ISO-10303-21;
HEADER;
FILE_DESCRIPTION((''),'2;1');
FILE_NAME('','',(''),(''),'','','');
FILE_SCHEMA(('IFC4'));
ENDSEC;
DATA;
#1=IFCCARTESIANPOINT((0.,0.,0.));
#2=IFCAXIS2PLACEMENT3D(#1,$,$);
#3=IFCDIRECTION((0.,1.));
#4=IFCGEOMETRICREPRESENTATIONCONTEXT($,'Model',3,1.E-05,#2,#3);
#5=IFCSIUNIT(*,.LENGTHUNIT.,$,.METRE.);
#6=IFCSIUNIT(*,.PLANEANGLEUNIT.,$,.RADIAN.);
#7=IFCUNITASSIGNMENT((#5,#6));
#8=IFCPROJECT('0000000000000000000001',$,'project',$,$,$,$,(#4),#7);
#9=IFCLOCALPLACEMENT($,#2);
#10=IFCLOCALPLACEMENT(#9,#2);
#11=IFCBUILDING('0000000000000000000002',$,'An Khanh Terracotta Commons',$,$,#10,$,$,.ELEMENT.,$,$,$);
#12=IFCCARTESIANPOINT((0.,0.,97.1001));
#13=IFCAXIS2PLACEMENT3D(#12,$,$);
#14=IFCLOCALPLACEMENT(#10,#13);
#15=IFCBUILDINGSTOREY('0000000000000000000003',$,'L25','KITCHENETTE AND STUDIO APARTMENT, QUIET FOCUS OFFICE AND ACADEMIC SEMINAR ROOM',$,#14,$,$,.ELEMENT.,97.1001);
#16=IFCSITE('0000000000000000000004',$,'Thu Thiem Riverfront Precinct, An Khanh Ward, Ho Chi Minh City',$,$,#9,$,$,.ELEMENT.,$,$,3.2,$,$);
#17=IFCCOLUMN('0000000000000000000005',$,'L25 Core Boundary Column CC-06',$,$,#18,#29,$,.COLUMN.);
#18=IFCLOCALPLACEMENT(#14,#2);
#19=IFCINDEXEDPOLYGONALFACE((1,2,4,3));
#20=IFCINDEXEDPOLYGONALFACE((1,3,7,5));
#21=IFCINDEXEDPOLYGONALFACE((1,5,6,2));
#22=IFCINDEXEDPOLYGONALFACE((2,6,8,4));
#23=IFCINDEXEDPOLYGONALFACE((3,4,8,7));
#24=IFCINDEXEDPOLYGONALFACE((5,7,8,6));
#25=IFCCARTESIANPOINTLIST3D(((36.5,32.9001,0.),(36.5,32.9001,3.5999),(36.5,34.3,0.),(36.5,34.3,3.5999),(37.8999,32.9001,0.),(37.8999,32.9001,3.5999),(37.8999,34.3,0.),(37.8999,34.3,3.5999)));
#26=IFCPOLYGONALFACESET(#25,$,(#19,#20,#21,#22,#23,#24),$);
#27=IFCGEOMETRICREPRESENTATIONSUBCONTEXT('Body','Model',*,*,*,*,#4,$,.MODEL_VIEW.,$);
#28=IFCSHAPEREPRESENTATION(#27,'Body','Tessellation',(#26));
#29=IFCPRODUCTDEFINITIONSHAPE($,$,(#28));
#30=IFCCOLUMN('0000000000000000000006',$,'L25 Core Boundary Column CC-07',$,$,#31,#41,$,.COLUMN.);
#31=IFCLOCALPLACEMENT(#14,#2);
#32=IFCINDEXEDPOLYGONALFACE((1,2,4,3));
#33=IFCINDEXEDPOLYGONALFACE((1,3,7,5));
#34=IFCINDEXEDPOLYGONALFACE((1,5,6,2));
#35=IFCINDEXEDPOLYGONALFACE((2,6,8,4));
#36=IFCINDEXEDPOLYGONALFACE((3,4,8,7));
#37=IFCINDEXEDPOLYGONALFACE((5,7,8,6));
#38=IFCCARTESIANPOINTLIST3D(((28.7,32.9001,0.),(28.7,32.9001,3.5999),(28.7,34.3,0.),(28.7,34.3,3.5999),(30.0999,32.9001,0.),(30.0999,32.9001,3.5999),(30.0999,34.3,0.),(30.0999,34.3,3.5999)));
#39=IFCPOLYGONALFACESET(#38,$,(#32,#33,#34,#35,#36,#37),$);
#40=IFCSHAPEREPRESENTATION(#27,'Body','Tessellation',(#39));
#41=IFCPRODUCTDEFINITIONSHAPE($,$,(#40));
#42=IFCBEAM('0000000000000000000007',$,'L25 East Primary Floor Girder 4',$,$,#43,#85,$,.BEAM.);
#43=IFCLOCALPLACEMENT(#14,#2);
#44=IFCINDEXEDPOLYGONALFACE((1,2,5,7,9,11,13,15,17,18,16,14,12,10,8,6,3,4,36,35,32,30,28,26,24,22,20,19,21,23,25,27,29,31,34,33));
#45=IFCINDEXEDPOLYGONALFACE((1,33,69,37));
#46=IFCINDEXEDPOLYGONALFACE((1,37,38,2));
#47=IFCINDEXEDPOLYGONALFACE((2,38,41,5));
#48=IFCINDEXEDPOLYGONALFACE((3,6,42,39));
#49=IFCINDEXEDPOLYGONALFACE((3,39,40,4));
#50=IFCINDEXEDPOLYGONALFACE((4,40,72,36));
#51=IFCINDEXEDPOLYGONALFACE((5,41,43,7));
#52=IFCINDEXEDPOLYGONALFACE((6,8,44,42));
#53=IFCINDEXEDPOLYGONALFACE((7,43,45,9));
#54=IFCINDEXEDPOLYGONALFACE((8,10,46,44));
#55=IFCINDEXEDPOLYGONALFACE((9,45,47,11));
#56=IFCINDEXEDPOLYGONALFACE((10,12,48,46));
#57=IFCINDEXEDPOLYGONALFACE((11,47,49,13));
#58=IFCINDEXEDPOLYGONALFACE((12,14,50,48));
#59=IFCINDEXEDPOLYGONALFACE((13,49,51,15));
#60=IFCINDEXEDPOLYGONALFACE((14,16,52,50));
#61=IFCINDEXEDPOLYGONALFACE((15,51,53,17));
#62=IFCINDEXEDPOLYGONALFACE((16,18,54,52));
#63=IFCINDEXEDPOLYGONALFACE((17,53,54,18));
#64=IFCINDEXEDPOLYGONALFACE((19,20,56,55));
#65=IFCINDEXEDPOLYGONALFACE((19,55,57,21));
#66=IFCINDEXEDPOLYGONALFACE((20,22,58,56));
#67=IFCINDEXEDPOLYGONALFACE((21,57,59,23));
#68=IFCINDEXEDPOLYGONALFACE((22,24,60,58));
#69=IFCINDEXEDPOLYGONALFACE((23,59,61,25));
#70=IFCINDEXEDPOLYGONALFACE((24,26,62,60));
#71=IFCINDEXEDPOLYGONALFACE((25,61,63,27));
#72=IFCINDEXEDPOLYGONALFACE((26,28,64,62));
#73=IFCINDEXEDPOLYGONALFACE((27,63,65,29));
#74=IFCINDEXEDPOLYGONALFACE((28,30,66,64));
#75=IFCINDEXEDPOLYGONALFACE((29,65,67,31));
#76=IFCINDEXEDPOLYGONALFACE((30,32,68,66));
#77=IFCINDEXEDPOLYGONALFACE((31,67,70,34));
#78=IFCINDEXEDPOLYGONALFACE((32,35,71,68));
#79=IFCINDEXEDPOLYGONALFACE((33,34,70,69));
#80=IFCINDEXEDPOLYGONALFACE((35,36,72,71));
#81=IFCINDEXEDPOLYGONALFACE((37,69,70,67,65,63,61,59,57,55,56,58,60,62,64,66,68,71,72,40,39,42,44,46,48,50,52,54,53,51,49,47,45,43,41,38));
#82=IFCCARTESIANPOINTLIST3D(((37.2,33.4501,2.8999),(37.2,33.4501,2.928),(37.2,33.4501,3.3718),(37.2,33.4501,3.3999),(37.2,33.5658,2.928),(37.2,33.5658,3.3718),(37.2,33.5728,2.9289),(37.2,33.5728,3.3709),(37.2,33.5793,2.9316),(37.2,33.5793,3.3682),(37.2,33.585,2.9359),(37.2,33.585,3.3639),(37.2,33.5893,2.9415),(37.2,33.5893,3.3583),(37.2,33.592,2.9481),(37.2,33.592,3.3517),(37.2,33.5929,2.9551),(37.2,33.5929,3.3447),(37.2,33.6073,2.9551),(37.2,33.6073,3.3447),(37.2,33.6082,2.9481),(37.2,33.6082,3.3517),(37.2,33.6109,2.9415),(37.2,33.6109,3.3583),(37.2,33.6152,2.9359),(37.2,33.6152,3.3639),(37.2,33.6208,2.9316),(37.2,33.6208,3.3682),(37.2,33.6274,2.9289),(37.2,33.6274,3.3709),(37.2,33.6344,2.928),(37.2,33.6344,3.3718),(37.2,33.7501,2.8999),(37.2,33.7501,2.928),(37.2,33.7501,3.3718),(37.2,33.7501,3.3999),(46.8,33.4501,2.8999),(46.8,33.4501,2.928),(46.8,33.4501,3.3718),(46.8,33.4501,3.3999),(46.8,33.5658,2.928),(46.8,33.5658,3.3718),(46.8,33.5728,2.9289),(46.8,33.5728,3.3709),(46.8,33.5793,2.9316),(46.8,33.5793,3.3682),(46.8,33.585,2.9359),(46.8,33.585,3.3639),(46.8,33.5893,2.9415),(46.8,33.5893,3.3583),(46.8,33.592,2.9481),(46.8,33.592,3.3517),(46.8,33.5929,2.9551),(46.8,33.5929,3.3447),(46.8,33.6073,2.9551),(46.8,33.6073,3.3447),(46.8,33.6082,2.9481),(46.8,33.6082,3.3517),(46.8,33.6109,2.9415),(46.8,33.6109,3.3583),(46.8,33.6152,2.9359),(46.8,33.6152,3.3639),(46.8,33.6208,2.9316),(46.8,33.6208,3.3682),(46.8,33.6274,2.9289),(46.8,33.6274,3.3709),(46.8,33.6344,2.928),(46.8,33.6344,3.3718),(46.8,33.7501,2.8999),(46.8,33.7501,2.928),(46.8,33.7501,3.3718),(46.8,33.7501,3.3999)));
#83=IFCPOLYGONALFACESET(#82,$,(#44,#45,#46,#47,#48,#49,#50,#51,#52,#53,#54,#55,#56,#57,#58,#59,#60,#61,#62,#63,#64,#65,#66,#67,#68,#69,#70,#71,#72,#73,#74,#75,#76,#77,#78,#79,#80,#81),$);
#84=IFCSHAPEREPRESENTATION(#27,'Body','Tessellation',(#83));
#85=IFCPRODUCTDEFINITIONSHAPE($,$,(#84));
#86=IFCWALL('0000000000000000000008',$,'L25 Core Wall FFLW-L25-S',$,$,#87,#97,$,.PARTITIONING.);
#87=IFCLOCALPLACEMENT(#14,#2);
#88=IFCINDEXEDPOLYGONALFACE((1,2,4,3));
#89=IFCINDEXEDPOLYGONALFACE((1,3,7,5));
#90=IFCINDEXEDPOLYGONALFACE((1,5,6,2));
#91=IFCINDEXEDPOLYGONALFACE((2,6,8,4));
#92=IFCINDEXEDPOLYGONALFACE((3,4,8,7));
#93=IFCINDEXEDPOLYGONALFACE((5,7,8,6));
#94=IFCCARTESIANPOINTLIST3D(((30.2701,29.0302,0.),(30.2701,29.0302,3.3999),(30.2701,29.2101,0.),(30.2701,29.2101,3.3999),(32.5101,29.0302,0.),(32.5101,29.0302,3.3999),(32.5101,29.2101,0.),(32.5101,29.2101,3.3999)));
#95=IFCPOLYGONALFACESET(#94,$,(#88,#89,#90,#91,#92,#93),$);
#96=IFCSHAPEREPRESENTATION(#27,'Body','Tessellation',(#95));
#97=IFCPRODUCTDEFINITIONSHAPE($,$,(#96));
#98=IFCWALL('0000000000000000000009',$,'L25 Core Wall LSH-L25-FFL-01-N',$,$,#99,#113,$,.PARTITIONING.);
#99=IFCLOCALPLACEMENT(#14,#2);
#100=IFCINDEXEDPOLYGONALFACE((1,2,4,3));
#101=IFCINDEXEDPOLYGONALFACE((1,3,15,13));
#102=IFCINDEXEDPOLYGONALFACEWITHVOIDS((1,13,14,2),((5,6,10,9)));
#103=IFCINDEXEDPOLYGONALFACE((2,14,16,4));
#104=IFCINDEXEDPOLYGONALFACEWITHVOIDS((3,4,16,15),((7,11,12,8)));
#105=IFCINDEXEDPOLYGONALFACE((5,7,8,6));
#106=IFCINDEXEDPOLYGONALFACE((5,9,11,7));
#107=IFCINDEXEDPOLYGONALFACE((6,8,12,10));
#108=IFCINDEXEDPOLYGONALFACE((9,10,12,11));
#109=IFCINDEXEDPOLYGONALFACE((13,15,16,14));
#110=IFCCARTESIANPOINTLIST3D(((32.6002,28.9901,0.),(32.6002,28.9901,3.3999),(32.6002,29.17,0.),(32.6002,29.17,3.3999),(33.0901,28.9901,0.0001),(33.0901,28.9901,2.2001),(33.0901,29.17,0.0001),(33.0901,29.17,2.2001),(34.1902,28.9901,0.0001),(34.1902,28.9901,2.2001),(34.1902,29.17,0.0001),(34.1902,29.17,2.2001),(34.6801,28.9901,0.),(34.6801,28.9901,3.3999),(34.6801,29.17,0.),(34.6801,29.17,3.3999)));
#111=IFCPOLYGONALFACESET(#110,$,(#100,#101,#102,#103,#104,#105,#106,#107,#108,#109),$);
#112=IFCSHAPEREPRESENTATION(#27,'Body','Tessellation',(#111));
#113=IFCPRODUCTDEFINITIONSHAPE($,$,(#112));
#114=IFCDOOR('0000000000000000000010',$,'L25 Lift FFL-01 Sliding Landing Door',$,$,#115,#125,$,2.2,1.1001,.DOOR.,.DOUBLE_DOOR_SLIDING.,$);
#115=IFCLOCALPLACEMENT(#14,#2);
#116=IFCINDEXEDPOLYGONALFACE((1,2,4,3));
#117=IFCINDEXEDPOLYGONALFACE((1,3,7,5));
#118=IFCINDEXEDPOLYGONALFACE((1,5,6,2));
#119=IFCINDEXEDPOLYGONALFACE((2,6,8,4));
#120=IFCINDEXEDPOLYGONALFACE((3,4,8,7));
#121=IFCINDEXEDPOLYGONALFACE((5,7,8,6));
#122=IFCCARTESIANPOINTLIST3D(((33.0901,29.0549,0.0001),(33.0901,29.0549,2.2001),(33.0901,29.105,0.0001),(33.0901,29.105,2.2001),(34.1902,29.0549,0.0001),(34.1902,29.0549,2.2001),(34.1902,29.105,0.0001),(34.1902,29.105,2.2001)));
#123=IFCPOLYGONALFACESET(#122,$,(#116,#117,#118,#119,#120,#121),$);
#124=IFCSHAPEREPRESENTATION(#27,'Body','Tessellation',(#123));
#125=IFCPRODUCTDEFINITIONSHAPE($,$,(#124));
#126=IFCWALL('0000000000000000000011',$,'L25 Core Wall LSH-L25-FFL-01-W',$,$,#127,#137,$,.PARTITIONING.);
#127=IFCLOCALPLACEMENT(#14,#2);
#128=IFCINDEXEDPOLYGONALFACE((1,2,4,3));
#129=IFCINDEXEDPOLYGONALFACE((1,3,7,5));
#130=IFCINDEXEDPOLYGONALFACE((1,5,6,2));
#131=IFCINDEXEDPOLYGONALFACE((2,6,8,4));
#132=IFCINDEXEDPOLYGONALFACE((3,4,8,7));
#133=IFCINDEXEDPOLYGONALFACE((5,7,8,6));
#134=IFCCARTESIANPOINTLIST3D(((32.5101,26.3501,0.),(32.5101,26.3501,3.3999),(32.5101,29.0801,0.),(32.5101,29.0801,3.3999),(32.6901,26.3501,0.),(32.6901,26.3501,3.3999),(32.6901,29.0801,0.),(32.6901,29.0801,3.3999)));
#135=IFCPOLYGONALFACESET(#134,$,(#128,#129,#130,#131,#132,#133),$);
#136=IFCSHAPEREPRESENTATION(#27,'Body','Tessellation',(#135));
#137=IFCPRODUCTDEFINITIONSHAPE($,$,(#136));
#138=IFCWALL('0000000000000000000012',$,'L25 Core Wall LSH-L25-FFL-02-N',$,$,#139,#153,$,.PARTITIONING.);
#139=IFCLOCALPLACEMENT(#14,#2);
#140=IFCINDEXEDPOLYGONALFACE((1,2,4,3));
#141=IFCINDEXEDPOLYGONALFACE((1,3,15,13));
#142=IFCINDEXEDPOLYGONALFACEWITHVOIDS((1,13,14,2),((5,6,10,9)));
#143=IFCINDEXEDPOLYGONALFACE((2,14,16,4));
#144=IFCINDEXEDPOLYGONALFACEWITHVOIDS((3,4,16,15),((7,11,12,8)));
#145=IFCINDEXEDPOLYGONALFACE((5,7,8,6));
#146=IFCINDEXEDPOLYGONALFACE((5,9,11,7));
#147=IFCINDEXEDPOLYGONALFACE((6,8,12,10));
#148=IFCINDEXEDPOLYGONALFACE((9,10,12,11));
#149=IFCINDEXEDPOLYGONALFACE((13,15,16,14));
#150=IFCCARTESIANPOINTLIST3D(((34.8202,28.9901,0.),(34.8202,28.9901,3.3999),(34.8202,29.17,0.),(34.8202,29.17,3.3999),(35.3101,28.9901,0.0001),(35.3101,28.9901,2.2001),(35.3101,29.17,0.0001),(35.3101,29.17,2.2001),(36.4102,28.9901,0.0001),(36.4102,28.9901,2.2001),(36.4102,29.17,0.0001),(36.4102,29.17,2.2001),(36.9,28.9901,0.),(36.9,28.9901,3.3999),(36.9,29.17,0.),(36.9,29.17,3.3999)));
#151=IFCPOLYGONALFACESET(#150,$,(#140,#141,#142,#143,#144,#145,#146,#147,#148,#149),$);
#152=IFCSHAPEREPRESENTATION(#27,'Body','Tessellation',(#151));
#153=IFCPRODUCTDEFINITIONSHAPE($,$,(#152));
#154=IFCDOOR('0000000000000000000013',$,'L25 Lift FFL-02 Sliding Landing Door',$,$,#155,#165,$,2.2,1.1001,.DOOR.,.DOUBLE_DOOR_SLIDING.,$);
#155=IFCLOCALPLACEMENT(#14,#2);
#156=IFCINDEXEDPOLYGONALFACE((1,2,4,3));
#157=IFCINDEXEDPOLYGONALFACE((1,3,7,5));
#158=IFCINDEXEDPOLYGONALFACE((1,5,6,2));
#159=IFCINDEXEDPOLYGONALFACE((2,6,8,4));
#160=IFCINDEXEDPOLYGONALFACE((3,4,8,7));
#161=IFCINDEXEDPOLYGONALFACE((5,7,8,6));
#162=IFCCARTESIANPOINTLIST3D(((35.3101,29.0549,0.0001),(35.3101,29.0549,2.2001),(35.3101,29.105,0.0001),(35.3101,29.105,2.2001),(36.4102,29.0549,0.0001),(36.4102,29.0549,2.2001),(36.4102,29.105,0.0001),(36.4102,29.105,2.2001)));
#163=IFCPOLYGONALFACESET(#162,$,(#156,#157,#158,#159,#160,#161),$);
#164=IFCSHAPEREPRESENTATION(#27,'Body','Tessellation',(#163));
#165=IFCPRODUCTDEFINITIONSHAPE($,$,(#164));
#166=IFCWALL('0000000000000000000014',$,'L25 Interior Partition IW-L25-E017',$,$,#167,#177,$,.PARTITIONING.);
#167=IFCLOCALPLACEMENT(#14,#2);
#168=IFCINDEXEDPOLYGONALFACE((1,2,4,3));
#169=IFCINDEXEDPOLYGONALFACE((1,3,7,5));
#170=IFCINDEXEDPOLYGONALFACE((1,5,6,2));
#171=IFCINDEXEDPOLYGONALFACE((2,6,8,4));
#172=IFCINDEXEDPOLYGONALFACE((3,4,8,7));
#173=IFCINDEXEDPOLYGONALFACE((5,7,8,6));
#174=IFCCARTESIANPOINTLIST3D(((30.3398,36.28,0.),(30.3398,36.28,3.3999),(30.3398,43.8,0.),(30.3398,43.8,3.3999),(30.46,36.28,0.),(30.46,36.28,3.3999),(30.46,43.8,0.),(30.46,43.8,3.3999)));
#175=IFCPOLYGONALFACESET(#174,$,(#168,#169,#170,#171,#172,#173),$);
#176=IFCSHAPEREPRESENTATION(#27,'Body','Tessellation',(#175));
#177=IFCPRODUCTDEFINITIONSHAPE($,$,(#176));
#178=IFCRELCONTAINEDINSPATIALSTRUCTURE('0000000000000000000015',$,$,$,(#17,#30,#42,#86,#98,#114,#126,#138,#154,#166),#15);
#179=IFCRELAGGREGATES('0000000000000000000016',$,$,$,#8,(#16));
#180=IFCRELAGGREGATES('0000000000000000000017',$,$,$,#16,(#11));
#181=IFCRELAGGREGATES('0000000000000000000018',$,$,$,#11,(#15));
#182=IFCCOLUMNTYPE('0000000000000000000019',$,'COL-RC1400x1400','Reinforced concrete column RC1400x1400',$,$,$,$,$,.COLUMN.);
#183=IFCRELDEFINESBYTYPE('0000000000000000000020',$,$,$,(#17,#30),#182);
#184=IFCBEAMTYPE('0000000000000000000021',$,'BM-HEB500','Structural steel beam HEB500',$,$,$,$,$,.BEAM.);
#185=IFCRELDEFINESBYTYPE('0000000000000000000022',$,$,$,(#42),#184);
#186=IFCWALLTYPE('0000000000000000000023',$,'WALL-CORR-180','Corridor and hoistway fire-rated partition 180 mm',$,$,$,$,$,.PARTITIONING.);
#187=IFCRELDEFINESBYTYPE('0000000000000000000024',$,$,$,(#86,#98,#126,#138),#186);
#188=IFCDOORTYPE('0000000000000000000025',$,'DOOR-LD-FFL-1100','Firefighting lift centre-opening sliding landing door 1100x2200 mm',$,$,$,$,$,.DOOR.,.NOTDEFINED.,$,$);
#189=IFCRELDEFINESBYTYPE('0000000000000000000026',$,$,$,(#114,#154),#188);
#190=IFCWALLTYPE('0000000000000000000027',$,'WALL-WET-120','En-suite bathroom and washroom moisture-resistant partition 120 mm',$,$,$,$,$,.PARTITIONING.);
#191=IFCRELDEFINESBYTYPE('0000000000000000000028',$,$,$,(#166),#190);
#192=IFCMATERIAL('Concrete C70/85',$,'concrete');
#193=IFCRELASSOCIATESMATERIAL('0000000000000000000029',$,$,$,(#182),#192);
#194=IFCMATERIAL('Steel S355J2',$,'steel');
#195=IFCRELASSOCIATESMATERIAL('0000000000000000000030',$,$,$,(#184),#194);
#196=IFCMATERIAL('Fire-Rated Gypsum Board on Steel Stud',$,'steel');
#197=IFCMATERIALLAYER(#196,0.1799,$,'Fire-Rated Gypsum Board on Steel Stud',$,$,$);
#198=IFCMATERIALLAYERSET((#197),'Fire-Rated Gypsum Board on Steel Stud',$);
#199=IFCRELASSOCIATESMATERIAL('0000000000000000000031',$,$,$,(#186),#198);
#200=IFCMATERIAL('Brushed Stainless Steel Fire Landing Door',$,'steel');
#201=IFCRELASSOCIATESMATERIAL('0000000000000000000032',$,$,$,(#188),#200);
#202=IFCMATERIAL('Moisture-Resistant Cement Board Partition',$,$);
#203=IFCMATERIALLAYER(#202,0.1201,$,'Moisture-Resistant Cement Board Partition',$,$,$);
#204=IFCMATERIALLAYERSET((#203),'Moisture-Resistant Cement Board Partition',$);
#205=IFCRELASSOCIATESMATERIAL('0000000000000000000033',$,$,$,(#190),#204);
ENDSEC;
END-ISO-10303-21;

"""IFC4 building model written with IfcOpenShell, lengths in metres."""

from ifc_helpers import new_model, si_unit, direction, frame, frame_2d, origin, origin_2d, place, context, subcontext, project, spatial, rectangle, i_section, extrude, material, layer, layer_set, material_profile, profile_set, type_object, element, fill, save


model = new_model("IFC4")

# Units and contexts
model_context = context("Model", 3, precision=1e-05, world=origin(), true_north=direction((0.0, 1.0)))
body_context = subcontext(model_context, "Body", "Model", "MODEL_VIEW")
ifc_project = project(units=[si_unit("LENGTHUNIT", "METRE"), si_unit("PLANEANGLEUNIT", "RADIAN")], contexts=[model_context])

# Site, building, storey
site_placement = place(None, origin())
site = spatial("IfcSite", under=ifc_project, at=site_placement, Name="Thu Thiem Riverfront Precinct, An Khanh Ward, Ho Chi Minh City", CompositionType="ELEMENT", RefElevation=3.2)
building_placement = place(site_placement, origin())
building = spatial("IfcBuilding", under=site, at=building_placement, Name="An Khanh Terracotta Commons", CompositionType="ELEMENT")
storey_placement = place(building_placement, frame((0.0, 0.0, 97.1001)))
storey = spatial("IfcBuildingStorey", under=building, at=storey_placement, Name="L25", Description="KITCHENETTE AND STUDIO APARTMENT, QUIET FOCUS OFFICE AND ACADEMIC SEMINAR ROOM", CompositionType="ELEMENT", Elevation=97.1001)

# Columns
ifc_material_1 = material(Name="Concrete C70/85", Category="concrete")
ifc_material_profile_1 = material_profile(ifc_material_1, rectangle(XDim=1.3999, YDim=1.3999, at=origin_2d()), Name="RC1400x1400")
ifc_profile_set_1 = profile_set([ifc_material_profile_1], Name="Concrete C70/85")
column_type = type_object("IfcColumnType", Name="COL-RC1400x1400", Description="Reinforced concrete column RC1400x1400", PredefinedType="COLUMN", material=ifc_profile_set_1)
for number, where, z_axis, x_axis, name in (
    (1, (37.2, 33.6001, 0.0), (0.0, 0.0, 1.0), (1.0, 0.0, 0.0), "L25 Core Boundary Column CC-06"),
    (2, (29.3999, 33.6001, 0.0), (0.0, 0.0, 1.0), (1.0, 0.0, 0.0), "L25 Core Boundary Column CC-07"),
):
    element("IfcColumn", number, at=place(storey_placement, frame(where, z_axis=z_axis, x_axis=x_axis)), inside=storey, type_object=column_type, Name=name, PredefinedType="COLUMN", context=body_context, shape_type="SweptSolid", body=[
        extrude(rectangle(XDim=1.3999, YDim=1.3999, at=origin_2d()), origin(), (0.0, 0.0, 1.0), 3.5999),
    ])

# Beam
ifc_material_2 = material(Name="Steel S355J2", Category="steel")
ifc_material_profile_2 = material_profile(ifc_material_2, i_section(OverallWidth=0.3, OverallDepth=0.5, WebThickness=0.0144, FlangeThickness=0.0281, FilletRadius=0.0271, at=origin_2d()), Name="HEB500")
ifc_profile_set_2 = profile_set([ifc_material_profile_2], Name="Steel S355J2")
beam_type = type_object("IfcBeamType", Name="BM-HEB500", Description="Structural steel beam HEB500", PredefinedType="BEAM", material=ifc_profile_set_2)
beam_placement = place(storey_placement, frame((37.2, 33.6001, 3.1499), z_axis=(1.0, 0.0, 0.0), x_axis=(0.0, 1.0, 0.0)))
element("IfcBeam", 3, at=beam_placement, inside=storey, type_object=beam_type, Name="L25 East Primary Floor Girder 4", PredefinedType="BEAM", context=body_context, shape_type="SweptSolid", body=[
    extrude(i_section(OverallWidth=0.3, OverallDepth=0.5, WebThickness=0.0144, FlangeThickness=0.0281, FilletRadius=0.0271, at=origin_2d()), origin(), (0.0, 0.0, 1.0), 9.6001),
])

# Wall
ifc_material_3 = material(Name="Fire-Rated Gypsum Board on Steel Stud", Category="steel")
ifc_layer_1 = layer(ifc_material_3, 0.1799, Name="Fire-Rated Gypsum Board on Steel Stud")
ifc_layer_set_1 = layer_set([ifc_layer_1], Name="Fire-Rated Gypsum Board on Steel Stud")
wall_type_1 = type_object("IfcWallType", Name="WALL-CORR-180", Description="Corridor and hoistway fire-rated partition 180 mm", PredefinedType="PARTITIONING", material=ifc_layer_set_1)
wall_1_placement = place(storey_placement, frame((30.27, 29.1201, 0.0), z_axis=(0.0, 0.0, 1.0), x_axis=(1.0, 0.0, 0.0)))
element("IfcWall", 4, at=wall_1_placement, inside=storey, type_object=wall_type_1, Name="L25 Core Wall FFLW-L25-S", PredefinedType="PARTITIONING", context=body_context, shape_type="SweptSolid", body=[
    extrude(rectangle(XDim=2.24, YDim=0.1799, at=frame_2d((1.1201, 0.0))), origin(), (0.0, 0.0, 1.0), 3.3999),
])

# Wall, opening, door
wall_2_placement = place(storey_placement, frame((32.6001, 29.0801, 0.0), z_axis=(0.0, 0.0, 1.0), x_axis=(1.0, 0.0, 0.0)))
wall_2 = element("IfcWall", 5, at=wall_2_placement, inside=storey, type_object=wall_type_1, Name="L25 Core Wall LSH-L25-FFL-01-N", PredefinedType="PARTITIONING", context=body_context, shape_type="SweptSolid", body=[
    extrude(rectangle(XDim=2.0798, YDim=0.1799, at=frame_2d((1.04, 0.0))), origin(), (0.0, 0.0, 1.0), 3.3999),
])
opening_1_placement = place(wall_2_placement, frame((0.49, 0.0, 0.0)))
opening_1 = element("IfcOpeningElement", 6, at=opening_1_placement, cuts=wall_2, PredefinedType="OPENING", context=body_context, shape_type="SweptSolid", body=[
    extrude(rectangle(XDim=1.1001, YDim=2.2, at=frame_2d((0.55, 1.1001))), frame((0.0, 0.0999, 0.0), z_axis=(0.0, -1.0, 0.0), x_axis=(1.0, 0.0, 0.0)), (0.0, 0.0, 1.0), 0.2),
])
ifc_material_4 = material(Name="Brushed Stainless Steel Fire Landing Door", Category="steel")
door_type_1 = type_object("IfcDoorType", Name="DOOR-LD-FFL-1100", Description="Firefighting lift centre-opening sliding landing door 1100x2200 mm", OperationType="NOTDEFINED", PredefinedType="DOOR", material=ifc_material_4)
door_1_placement = place(opening_1_placement, origin())
door_1 = element("IfcDoor", 7, at=door_1_placement, inside=storey, type_object=door_type_1, Name="L25 Lift FFL-01 Sliding Landing Door", OperationType="DOUBLE_DOOR_SLIDING", OverallHeight=2.2, OverallWidth=1.1001, PredefinedType="DOOR", context=body_context, shape_type="SweptSolid", body=[
    extrude(rectangle(XDim=1.1001, YDim=2.2, at=frame_2d((0.55, 1.1001))), frame((0.0, 0.0249, 0.0), z_axis=(0.0, -1.0, 0.0), x_axis=(1.0, 0.0, 0.0)), (0.0, 0.0, 1.0), 0.05),
])
fill(opening_1, door_1)

# Wall
wall_3_placement = place(storey_placement, frame((32.6001, 29.0801, 0.0), z_axis=(0.0, 0.0, 1.0), x_axis=(0.0, -1.0, 0.0)))
element("IfcWall", 8, at=wall_3_placement, inside=storey, type_object=wall_type_1, Name="L25 Core Wall LSH-L25-FFL-01-W", PredefinedType="PARTITIONING", context=body_context, shape_type="SweptSolid", body=[
    extrude(rectangle(XDim=2.73, YDim=0.1799, at=frame_2d((1.365, 0.0))), origin(), (0.0, 0.0, 1.0), 3.3999),
])

# Wall, opening, door
wall_4_placement = place(storey_placement, frame((34.8201, 29.0801, 0.0), z_axis=(0.0, 0.0, 1.0), x_axis=(1.0, 0.0, 0.0)))
wall_4 = element("IfcWall", 9, at=wall_4_placement, inside=storey, type_object=wall_type_1, Name="L25 Core Wall LSH-L25-FFL-02-N", PredefinedType="PARTITIONING", context=body_context, shape_type="SweptSolid", body=[
    extrude(rectangle(XDim=2.0798, YDim=0.1799, at=frame_2d((1.04, 0.0))), origin(), (0.0, 0.0, 1.0), 3.3999),
])
opening_2_placement = place(wall_4_placement, frame((0.49, 0.0, 0.0)))
opening_2 = element("IfcOpeningElement", 10, at=opening_2_placement, cuts=wall_4, PredefinedType="OPENING", context=body_context, shape_type="SweptSolid", body=[
    extrude(rectangle(XDim=1.1001, YDim=2.2, at=frame_2d((0.55, 1.1001))), frame((0.0, 0.0999, 0.0), z_axis=(0.0, -1.0, 0.0), x_axis=(1.0, 0.0, 0.0)), (0.0, 0.0, 1.0), 0.2),
])
door_2_placement = place(opening_2_placement, origin())
door_2 = element("IfcDoor", 11, at=door_2_placement, inside=storey, type_object=door_type_1, Name="L25 Lift FFL-02 Sliding Landing Door", OperationType="DOUBLE_DOOR_SLIDING", OverallHeight=2.2, OverallWidth=1.1001, PredefinedType="DOOR", context=body_context, shape_type="SweptSolid", body=[
    extrude(rectangle(XDim=1.1001, YDim=2.2, at=frame_2d((0.55, 1.1001))), frame((0.0, 0.0249, 0.0), z_axis=(0.0, -1.0, 0.0), x_axis=(1.0, 0.0, 0.0)), (0.0, 0.0, 1.0), 0.05),
])
fill(opening_2, door_2)

# Wall
ifc_material_5 = material(Name="Moisture-Resistant Cement Board Partition")
ifc_layer_2 = layer(ifc_material_5, 0.1201, Name="Moisture-Resistant Cement Board Partition")
ifc_layer_set_2 = layer_set([ifc_layer_2], Name="Moisture-Resistant Cement Board Partition")
wall_type_2 = type_object("IfcWallType", Name="WALL-WET-120", Description="En-suite bathroom and washroom moisture-resistant partition 120 mm", PredefinedType="PARTITIONING", material=ifc_layer_set_2)
wall_5_placement = place(storey_placement, frame((30.3999, 36.28, 0.0), z_axis=(0.0, 0.0, 1.0), x_axis=(0.0, 1.0, 0.0)))
element("IfcWall", 12, at=wall_5_placement, inside=storey, type_object=wall_type_2, Name="L25 Interior Partition IW-L25-E017", PredefinedType="PARTITIONING", context=body_context, shape_type="SweptSolid", body=[
    extrude(rectangle(XDim=7.52, YDim=0.1201, at=frame_2d((3.76, 0.0))), origin(), (0.0, 0.0, 1.0), 3.3999),
])

save(model, "model.ifc")
